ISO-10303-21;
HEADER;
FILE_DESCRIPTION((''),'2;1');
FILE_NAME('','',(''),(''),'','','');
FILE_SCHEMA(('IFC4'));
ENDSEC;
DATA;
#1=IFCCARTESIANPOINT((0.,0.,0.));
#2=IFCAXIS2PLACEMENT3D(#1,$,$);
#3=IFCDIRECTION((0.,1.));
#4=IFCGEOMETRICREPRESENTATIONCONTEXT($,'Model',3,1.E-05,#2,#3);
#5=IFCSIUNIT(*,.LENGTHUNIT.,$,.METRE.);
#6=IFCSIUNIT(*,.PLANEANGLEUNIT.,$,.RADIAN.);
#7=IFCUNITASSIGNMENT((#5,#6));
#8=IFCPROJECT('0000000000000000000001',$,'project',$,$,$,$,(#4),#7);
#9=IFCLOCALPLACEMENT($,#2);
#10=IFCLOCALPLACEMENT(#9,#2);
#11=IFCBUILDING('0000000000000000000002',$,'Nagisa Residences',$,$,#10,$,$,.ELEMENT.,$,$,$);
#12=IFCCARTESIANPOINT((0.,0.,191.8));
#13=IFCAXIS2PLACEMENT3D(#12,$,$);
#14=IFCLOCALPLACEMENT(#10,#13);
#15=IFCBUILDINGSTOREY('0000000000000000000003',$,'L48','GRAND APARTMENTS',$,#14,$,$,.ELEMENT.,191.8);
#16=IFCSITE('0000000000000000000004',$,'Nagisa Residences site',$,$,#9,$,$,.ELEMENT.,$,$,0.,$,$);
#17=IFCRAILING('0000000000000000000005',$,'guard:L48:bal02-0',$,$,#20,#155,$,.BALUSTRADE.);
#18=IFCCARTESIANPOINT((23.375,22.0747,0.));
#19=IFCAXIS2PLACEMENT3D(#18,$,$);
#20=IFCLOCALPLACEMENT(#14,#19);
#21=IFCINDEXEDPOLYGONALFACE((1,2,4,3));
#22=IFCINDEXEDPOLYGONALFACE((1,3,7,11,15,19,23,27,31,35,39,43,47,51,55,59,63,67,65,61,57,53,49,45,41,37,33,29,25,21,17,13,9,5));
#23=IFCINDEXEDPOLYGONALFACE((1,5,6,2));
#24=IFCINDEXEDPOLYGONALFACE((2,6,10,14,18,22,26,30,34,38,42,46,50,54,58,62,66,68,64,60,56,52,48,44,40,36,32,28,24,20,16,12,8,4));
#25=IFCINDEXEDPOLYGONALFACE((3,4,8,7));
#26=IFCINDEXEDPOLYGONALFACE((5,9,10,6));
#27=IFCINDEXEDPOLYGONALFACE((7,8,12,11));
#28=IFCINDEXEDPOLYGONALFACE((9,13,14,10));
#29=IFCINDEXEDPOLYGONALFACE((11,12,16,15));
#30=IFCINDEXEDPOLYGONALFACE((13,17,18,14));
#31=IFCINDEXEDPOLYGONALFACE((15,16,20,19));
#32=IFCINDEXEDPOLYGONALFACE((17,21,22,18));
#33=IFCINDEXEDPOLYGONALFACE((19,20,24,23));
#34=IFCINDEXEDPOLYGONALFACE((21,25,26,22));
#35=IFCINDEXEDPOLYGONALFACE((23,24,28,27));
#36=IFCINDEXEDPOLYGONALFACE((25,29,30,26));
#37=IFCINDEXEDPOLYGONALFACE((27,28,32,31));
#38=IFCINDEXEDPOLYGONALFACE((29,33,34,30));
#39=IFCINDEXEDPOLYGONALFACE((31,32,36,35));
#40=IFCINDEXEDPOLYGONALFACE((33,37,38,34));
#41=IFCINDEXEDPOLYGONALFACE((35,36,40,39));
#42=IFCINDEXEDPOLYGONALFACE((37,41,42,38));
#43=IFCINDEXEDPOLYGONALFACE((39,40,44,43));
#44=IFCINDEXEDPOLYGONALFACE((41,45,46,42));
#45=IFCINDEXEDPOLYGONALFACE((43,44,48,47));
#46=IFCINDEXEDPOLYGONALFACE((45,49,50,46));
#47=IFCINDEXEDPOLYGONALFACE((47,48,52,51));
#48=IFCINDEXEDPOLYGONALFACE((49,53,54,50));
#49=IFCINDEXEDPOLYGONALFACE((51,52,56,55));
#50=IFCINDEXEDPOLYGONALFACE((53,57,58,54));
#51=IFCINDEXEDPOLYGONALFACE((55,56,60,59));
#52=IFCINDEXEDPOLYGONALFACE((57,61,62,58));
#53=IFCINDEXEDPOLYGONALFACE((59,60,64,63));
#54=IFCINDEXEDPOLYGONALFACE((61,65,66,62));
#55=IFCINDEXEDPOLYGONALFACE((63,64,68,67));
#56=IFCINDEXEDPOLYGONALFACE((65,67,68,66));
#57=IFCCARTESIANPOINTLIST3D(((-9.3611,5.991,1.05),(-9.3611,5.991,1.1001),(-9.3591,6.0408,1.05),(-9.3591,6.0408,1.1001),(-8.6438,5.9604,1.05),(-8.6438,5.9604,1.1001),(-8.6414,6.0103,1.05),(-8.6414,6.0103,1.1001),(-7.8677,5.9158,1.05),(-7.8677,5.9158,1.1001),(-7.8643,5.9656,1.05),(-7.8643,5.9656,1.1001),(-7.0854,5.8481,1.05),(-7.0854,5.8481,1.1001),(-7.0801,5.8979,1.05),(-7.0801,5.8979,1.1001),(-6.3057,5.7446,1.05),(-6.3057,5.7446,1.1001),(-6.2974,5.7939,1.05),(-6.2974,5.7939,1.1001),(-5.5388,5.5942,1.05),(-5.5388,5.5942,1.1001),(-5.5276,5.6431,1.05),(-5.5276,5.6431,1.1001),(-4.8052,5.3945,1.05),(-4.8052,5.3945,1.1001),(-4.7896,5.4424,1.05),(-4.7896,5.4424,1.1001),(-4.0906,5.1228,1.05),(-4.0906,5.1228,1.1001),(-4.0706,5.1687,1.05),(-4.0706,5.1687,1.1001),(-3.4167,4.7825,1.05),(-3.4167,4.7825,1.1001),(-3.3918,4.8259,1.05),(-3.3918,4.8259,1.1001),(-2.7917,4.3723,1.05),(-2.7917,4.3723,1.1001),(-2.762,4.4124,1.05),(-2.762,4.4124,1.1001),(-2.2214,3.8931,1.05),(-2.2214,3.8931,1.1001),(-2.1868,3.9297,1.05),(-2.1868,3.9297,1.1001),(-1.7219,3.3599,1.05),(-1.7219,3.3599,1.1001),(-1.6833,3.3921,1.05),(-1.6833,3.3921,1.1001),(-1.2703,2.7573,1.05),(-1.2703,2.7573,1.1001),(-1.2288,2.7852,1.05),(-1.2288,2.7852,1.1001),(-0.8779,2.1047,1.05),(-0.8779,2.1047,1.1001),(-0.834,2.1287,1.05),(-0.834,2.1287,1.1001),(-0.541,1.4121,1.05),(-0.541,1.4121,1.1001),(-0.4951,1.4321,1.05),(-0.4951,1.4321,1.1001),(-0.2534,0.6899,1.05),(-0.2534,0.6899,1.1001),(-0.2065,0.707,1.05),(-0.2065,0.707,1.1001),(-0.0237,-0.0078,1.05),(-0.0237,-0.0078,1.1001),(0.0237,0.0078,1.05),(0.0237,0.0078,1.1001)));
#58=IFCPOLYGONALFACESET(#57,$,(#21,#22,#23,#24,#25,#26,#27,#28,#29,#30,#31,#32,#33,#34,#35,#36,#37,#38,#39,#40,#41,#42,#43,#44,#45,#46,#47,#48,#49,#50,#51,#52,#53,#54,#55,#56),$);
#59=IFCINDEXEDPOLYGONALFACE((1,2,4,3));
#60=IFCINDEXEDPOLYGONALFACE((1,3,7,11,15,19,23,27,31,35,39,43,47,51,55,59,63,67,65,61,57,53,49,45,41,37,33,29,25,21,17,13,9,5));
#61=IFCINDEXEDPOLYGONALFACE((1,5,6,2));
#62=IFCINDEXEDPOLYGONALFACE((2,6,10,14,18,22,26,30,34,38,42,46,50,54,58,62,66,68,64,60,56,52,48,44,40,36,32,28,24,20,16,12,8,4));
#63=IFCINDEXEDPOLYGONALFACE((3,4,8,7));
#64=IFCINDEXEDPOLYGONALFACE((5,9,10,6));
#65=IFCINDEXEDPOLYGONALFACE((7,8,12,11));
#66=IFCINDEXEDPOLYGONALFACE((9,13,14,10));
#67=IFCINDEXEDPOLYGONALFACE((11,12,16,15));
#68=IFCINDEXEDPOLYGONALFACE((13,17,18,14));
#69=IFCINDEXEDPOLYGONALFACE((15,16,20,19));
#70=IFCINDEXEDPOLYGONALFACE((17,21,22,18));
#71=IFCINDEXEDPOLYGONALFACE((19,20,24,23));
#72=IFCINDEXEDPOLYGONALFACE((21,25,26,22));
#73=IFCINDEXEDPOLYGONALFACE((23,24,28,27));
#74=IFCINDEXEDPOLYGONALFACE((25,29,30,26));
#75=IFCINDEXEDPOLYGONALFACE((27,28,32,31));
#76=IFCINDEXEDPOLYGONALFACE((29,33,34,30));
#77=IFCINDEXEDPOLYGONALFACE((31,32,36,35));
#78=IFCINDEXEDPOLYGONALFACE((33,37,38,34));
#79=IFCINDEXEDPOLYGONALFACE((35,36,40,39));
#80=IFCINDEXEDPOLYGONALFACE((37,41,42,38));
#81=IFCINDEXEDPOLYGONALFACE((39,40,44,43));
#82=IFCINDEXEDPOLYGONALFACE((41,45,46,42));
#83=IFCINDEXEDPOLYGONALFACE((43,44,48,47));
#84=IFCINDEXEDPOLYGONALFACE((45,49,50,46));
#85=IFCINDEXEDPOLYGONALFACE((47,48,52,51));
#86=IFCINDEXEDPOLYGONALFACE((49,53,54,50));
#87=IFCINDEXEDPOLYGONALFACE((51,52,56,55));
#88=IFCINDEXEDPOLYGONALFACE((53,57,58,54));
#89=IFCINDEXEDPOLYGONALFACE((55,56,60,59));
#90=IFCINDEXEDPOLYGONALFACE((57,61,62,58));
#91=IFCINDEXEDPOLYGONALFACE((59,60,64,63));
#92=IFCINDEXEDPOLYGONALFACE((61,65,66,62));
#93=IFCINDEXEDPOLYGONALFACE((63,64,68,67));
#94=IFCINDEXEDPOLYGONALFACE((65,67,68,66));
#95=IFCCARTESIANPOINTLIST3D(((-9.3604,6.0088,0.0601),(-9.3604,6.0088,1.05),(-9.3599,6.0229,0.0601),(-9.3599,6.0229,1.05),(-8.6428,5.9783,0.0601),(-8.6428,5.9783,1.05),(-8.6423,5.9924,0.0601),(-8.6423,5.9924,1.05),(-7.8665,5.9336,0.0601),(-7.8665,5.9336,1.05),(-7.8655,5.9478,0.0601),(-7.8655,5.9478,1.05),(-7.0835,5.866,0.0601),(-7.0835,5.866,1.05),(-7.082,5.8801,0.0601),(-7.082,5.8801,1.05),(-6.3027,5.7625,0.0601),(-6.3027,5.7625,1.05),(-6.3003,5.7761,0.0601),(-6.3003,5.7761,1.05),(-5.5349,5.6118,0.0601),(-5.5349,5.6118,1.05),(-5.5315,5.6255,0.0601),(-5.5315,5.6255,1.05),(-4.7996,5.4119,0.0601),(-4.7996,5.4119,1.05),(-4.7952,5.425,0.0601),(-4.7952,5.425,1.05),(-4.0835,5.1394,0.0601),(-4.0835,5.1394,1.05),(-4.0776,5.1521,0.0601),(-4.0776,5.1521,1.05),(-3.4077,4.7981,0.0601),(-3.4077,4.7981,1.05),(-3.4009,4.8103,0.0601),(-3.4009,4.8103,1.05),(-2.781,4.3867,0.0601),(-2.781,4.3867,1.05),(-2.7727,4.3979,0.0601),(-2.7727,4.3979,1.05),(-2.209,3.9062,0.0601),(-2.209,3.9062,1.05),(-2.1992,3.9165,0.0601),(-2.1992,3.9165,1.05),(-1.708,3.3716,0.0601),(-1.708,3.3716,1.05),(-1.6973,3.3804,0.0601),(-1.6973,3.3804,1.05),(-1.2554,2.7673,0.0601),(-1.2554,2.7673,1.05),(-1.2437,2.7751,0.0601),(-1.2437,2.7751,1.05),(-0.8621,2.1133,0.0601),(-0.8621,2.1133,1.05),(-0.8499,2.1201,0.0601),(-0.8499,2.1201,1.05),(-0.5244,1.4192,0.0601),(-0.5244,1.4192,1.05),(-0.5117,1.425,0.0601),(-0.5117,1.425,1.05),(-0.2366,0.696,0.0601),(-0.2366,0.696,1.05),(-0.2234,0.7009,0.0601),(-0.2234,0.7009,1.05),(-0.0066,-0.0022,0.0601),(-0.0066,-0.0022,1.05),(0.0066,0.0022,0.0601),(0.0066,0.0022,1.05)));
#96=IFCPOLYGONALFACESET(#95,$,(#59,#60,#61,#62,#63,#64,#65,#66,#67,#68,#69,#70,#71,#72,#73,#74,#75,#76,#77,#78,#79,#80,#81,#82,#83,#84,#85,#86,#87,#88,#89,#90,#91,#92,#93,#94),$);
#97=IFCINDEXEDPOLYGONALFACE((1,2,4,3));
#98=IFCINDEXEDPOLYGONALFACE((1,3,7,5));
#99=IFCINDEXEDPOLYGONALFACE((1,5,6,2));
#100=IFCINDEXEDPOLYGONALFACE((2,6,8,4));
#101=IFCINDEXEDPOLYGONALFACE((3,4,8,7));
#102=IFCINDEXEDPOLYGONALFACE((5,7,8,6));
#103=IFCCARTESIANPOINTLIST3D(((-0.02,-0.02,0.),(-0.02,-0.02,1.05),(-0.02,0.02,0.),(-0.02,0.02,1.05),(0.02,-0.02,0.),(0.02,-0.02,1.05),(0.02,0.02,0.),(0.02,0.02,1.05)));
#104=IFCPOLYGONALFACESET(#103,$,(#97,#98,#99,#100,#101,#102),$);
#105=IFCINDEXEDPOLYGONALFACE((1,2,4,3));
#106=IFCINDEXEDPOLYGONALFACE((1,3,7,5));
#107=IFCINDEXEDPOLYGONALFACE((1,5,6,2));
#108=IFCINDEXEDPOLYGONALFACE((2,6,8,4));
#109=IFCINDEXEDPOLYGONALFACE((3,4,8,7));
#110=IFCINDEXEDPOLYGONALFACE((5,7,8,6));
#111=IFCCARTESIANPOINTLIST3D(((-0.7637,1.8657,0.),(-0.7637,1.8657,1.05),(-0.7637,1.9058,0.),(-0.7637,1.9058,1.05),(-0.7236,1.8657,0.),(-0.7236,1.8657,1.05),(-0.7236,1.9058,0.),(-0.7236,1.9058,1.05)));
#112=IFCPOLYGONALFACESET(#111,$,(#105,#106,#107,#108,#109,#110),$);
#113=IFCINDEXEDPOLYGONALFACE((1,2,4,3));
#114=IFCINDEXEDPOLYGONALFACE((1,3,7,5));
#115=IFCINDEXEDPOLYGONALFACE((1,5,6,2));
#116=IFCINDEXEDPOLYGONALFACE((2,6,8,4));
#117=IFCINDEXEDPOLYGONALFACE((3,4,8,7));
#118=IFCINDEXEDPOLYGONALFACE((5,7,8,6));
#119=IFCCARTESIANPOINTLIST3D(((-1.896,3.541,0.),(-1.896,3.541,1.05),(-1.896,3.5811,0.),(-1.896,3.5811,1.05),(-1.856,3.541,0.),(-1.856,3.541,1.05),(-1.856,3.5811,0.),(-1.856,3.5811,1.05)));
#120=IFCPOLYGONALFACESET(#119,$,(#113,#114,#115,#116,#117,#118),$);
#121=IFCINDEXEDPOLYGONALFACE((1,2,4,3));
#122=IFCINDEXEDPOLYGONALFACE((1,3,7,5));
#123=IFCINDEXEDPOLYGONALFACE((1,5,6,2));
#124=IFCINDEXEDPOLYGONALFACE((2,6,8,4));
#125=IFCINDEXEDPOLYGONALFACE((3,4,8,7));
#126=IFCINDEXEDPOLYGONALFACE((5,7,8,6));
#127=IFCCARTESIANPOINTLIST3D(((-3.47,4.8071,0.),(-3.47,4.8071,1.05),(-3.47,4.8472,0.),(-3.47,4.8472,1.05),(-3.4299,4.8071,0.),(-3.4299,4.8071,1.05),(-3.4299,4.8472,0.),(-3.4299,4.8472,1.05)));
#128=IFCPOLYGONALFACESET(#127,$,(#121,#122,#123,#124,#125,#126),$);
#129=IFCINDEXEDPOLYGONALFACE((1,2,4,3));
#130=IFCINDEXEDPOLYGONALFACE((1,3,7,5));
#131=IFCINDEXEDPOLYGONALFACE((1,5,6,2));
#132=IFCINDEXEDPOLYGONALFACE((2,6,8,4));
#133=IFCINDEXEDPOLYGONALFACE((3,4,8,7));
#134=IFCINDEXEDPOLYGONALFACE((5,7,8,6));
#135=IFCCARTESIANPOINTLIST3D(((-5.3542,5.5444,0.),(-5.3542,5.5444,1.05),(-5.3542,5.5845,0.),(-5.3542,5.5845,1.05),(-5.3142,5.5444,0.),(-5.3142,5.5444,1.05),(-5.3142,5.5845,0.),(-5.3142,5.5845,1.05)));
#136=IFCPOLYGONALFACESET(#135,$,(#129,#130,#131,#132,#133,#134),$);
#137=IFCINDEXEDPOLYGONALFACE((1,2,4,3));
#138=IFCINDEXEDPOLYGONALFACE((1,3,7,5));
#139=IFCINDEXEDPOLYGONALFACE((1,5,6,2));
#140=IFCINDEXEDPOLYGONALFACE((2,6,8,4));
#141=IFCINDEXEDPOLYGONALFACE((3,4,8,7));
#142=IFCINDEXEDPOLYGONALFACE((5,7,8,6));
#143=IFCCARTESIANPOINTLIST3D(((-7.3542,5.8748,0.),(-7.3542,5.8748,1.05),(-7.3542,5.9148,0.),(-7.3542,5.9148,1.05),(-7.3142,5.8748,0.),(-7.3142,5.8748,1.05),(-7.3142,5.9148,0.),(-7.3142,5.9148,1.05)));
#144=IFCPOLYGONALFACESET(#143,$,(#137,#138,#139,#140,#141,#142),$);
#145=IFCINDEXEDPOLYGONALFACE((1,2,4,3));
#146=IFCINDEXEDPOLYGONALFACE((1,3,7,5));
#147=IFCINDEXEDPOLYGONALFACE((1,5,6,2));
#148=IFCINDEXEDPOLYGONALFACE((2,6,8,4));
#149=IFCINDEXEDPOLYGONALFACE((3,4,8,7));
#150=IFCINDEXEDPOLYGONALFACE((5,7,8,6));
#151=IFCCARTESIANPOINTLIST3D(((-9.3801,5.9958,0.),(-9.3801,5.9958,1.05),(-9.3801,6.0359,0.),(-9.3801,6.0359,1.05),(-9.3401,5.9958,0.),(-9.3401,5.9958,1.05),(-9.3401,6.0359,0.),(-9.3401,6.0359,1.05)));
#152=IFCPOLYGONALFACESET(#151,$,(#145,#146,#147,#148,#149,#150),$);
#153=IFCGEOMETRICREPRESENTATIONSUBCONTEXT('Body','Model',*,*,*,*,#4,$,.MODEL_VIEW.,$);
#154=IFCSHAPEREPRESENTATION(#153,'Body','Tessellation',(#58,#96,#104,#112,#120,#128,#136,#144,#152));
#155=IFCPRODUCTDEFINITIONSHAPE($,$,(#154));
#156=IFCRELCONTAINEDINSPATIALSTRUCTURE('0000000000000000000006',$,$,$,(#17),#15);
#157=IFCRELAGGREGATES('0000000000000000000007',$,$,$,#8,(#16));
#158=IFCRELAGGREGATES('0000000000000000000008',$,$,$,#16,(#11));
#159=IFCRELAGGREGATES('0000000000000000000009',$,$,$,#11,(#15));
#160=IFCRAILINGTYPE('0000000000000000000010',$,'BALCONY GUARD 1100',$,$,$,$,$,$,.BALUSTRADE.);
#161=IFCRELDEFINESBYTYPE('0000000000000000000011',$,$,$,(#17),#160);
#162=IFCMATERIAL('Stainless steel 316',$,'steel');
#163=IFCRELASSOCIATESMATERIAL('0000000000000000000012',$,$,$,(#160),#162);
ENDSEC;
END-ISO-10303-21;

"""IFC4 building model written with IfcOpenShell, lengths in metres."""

from ifc_helpers import new_model, si_unit, direction, frame, origin, origin_2d, place, context, subcontext, project, spatial, polyline, rectangle, outline, extrude, material, type_object, element, save


model = new_model("IFC4")

# Units and contexts
model_context = context("Model", 3, precision=1e-05, world=origin(), true_north=direction((0.0, 1.0)))
body_context = subcontext(model_context, "Body", "Model", "MODEL_VIEW")
ifc_project = project(units=[si_unit("LENGTHUNIT", "METRE"), si_unit("PLANEANGLEUNIT", "RADIAN")], contexts=[model_context])

# Site, building, storey
site_placement = place(None, origin())
site = spatial("IfcSite", under=ifc_project, at=site_placement, Name="Nagisa Residences site", CompositionType="ELEMENT", RefElevation=0.0)
building_placement = place(site_placement, origin())
building = spatial("IfcBuilding", under=site, at=building_placement, Name="Nagisa Residences", CompositionType="ELEMENT")
storey_placement = place(building_placement, frame((0.0, 0.0, 191.8)))
storey = spatial("IfcBuildingStorey", under=building, at=storey_placement, Name="L48", Description="GRAND APARTMENTS", CompositionType="ELEMENT", Elevation=191.8)

# Railing
ifc_material_1 = material(Name="Stainless steel 316", Category="steel")
railing_type = type_object("IfcRailingType", Name="BALCONY GUARD 1100", PredefinedType="BALUSTRADE", material=ifc_material_1)
railing_1_placement = place(storey_placement, frame((23.375, 22.0747, 0.0)))
element("IfcRailing", 1, at=railing_1_placement, inside=storey, type_object=railing_type, Name="guard:L48:bal02-0", PredefinedType="BALUSTRADE", context=body_context, shape_type="SweptSolid", body=[
    extrude(outline(polyline([(-0.2534, 0.6899), (-0.0237, -0.0078), (0.0237, 0.0078), (-0.2065, 0.707), (-0.4951, 1.4321), (-0.834, 2.1287), (-1.2288, 2.7852), (-1.6833, 3.3921), (-2.1868, 3.9297), (-2.762, 4.4124), (-3.3918, 4.8259), (-4.0706, 5.1687), (-4.7896, 5.4424), (-5.5276, 5.6431), (-6.2974, 5.7939), (-7.0801, 5.8979), (-7.8643, 5.9656), (-8.6414, 6.0103), (-9.3591, 6.0408), (-9.3611, 5.991), (-8.6438, 5.9604), (-7.8677, 5.9158), (-7.0854, 5.8481), (-6.3057, 5.7446), (-5.5388, 5.5942), (-4.8052, 5.3945), (-4.0906, 5.1228), (-3.4167, 4.7825), (-2.7917, 4.3723), (-2.2214, 3.8931), (-1.7219, 3.3599), (-1.2703, 2.7573), (-0.8779, 2.1047), (-0.541, 1.4121), (-0.2534, 0.6899)])), frame((0.0, 0.0, 1.05)), (0.0, 0.0, 1.0), 0.05),
    extrude(outline(polyline([(-0.2366, 0.696), (-0.0066, -0.0022), (0.0066, 0.0022), (-0.2234, 0.7009), (-0.5117, 1.425), (-0.8499, 2.1201), (-1.2437, 2.7751), (-1.6973, 3.3804), (-2.1992, 3.9165), (-2.7727, 4.3979), (-3.4009, 4.8103), (-4.0776, 5.1521), (-4.7952, 5.425), (-5.5315, 5.6255), (-6.3003, 5.7761), (-7.082, 5.8801), (-7.8655, 5.9478), (-8.6423, 5.9924), (-9.3599, 6.0229), (-9.3604, 6.0088), (-8.6428, 5.9783), (-7.8665, 5.9336), (-7.0835, 5.866), (-6.3027, 5.7625), (-5.5349, 5.6118), (-4.7996, 5.4119), (-4.0835, 5.1394), (-3.4077, 4.7981), (-2.781, 4.3867), (-2.209, 3.9062), (-1.708, 3.3716), (-1.2554, 2.7673), (-0.8621, 2.1133), (-0.5244, 1.4192), (-0.2366, 0.696)])), frame((0.0, 0.0, 0.0601)), (0.0, 0.0, 1.0), 0.99),
    extrude(rectangle(XDim=0.04, YDim=0.04, at=origin_2d()), origin(), (0.0, 0.0, 1.0), 1.05),
    extrude(rectangle(XDim=0.04, YDim=0.04, at=origin_2d()), frame((-0.7437, 1.8857, 0.0)), (0.0, 0.0, 1.0), 1.05),
    extrude(rectangle(XDim=0.04, YDim=0.04, at=origin_2d()), frame((-1.876, 3.561, 0.0)), (0.0, 0.0, 1.0), 1.05),
    extrude(rectangle(XDim=0.04, YDim=0.04, at=origin_2d()), frame((-3.45, 4.8271, 0.0)), (0.0, 0.0, 1.0), 1.05),
    extrude(rectangle(XDim=0.04, YDim=0.04, at=origin_2d()), frame((-5.3342, 5.5645, 0.0)), (0.0, 0.0, 1.0), 1.05),
    extrude(rectangle(XDim=0.04, YDim=0.04, at=origin_2d()), frame((-7.3342, 5.8948, 0.0)), (0.0, 0.0, 1.0), 1.05),
    extrude(rectangle(XDim=0.04, YDim=0.04, at=origin_2d()), frame((-9.3601, 6.0159, 0.0)), (0.0, 0.0, 1.0), 1.05),
])

save(model, "model.ifc")
